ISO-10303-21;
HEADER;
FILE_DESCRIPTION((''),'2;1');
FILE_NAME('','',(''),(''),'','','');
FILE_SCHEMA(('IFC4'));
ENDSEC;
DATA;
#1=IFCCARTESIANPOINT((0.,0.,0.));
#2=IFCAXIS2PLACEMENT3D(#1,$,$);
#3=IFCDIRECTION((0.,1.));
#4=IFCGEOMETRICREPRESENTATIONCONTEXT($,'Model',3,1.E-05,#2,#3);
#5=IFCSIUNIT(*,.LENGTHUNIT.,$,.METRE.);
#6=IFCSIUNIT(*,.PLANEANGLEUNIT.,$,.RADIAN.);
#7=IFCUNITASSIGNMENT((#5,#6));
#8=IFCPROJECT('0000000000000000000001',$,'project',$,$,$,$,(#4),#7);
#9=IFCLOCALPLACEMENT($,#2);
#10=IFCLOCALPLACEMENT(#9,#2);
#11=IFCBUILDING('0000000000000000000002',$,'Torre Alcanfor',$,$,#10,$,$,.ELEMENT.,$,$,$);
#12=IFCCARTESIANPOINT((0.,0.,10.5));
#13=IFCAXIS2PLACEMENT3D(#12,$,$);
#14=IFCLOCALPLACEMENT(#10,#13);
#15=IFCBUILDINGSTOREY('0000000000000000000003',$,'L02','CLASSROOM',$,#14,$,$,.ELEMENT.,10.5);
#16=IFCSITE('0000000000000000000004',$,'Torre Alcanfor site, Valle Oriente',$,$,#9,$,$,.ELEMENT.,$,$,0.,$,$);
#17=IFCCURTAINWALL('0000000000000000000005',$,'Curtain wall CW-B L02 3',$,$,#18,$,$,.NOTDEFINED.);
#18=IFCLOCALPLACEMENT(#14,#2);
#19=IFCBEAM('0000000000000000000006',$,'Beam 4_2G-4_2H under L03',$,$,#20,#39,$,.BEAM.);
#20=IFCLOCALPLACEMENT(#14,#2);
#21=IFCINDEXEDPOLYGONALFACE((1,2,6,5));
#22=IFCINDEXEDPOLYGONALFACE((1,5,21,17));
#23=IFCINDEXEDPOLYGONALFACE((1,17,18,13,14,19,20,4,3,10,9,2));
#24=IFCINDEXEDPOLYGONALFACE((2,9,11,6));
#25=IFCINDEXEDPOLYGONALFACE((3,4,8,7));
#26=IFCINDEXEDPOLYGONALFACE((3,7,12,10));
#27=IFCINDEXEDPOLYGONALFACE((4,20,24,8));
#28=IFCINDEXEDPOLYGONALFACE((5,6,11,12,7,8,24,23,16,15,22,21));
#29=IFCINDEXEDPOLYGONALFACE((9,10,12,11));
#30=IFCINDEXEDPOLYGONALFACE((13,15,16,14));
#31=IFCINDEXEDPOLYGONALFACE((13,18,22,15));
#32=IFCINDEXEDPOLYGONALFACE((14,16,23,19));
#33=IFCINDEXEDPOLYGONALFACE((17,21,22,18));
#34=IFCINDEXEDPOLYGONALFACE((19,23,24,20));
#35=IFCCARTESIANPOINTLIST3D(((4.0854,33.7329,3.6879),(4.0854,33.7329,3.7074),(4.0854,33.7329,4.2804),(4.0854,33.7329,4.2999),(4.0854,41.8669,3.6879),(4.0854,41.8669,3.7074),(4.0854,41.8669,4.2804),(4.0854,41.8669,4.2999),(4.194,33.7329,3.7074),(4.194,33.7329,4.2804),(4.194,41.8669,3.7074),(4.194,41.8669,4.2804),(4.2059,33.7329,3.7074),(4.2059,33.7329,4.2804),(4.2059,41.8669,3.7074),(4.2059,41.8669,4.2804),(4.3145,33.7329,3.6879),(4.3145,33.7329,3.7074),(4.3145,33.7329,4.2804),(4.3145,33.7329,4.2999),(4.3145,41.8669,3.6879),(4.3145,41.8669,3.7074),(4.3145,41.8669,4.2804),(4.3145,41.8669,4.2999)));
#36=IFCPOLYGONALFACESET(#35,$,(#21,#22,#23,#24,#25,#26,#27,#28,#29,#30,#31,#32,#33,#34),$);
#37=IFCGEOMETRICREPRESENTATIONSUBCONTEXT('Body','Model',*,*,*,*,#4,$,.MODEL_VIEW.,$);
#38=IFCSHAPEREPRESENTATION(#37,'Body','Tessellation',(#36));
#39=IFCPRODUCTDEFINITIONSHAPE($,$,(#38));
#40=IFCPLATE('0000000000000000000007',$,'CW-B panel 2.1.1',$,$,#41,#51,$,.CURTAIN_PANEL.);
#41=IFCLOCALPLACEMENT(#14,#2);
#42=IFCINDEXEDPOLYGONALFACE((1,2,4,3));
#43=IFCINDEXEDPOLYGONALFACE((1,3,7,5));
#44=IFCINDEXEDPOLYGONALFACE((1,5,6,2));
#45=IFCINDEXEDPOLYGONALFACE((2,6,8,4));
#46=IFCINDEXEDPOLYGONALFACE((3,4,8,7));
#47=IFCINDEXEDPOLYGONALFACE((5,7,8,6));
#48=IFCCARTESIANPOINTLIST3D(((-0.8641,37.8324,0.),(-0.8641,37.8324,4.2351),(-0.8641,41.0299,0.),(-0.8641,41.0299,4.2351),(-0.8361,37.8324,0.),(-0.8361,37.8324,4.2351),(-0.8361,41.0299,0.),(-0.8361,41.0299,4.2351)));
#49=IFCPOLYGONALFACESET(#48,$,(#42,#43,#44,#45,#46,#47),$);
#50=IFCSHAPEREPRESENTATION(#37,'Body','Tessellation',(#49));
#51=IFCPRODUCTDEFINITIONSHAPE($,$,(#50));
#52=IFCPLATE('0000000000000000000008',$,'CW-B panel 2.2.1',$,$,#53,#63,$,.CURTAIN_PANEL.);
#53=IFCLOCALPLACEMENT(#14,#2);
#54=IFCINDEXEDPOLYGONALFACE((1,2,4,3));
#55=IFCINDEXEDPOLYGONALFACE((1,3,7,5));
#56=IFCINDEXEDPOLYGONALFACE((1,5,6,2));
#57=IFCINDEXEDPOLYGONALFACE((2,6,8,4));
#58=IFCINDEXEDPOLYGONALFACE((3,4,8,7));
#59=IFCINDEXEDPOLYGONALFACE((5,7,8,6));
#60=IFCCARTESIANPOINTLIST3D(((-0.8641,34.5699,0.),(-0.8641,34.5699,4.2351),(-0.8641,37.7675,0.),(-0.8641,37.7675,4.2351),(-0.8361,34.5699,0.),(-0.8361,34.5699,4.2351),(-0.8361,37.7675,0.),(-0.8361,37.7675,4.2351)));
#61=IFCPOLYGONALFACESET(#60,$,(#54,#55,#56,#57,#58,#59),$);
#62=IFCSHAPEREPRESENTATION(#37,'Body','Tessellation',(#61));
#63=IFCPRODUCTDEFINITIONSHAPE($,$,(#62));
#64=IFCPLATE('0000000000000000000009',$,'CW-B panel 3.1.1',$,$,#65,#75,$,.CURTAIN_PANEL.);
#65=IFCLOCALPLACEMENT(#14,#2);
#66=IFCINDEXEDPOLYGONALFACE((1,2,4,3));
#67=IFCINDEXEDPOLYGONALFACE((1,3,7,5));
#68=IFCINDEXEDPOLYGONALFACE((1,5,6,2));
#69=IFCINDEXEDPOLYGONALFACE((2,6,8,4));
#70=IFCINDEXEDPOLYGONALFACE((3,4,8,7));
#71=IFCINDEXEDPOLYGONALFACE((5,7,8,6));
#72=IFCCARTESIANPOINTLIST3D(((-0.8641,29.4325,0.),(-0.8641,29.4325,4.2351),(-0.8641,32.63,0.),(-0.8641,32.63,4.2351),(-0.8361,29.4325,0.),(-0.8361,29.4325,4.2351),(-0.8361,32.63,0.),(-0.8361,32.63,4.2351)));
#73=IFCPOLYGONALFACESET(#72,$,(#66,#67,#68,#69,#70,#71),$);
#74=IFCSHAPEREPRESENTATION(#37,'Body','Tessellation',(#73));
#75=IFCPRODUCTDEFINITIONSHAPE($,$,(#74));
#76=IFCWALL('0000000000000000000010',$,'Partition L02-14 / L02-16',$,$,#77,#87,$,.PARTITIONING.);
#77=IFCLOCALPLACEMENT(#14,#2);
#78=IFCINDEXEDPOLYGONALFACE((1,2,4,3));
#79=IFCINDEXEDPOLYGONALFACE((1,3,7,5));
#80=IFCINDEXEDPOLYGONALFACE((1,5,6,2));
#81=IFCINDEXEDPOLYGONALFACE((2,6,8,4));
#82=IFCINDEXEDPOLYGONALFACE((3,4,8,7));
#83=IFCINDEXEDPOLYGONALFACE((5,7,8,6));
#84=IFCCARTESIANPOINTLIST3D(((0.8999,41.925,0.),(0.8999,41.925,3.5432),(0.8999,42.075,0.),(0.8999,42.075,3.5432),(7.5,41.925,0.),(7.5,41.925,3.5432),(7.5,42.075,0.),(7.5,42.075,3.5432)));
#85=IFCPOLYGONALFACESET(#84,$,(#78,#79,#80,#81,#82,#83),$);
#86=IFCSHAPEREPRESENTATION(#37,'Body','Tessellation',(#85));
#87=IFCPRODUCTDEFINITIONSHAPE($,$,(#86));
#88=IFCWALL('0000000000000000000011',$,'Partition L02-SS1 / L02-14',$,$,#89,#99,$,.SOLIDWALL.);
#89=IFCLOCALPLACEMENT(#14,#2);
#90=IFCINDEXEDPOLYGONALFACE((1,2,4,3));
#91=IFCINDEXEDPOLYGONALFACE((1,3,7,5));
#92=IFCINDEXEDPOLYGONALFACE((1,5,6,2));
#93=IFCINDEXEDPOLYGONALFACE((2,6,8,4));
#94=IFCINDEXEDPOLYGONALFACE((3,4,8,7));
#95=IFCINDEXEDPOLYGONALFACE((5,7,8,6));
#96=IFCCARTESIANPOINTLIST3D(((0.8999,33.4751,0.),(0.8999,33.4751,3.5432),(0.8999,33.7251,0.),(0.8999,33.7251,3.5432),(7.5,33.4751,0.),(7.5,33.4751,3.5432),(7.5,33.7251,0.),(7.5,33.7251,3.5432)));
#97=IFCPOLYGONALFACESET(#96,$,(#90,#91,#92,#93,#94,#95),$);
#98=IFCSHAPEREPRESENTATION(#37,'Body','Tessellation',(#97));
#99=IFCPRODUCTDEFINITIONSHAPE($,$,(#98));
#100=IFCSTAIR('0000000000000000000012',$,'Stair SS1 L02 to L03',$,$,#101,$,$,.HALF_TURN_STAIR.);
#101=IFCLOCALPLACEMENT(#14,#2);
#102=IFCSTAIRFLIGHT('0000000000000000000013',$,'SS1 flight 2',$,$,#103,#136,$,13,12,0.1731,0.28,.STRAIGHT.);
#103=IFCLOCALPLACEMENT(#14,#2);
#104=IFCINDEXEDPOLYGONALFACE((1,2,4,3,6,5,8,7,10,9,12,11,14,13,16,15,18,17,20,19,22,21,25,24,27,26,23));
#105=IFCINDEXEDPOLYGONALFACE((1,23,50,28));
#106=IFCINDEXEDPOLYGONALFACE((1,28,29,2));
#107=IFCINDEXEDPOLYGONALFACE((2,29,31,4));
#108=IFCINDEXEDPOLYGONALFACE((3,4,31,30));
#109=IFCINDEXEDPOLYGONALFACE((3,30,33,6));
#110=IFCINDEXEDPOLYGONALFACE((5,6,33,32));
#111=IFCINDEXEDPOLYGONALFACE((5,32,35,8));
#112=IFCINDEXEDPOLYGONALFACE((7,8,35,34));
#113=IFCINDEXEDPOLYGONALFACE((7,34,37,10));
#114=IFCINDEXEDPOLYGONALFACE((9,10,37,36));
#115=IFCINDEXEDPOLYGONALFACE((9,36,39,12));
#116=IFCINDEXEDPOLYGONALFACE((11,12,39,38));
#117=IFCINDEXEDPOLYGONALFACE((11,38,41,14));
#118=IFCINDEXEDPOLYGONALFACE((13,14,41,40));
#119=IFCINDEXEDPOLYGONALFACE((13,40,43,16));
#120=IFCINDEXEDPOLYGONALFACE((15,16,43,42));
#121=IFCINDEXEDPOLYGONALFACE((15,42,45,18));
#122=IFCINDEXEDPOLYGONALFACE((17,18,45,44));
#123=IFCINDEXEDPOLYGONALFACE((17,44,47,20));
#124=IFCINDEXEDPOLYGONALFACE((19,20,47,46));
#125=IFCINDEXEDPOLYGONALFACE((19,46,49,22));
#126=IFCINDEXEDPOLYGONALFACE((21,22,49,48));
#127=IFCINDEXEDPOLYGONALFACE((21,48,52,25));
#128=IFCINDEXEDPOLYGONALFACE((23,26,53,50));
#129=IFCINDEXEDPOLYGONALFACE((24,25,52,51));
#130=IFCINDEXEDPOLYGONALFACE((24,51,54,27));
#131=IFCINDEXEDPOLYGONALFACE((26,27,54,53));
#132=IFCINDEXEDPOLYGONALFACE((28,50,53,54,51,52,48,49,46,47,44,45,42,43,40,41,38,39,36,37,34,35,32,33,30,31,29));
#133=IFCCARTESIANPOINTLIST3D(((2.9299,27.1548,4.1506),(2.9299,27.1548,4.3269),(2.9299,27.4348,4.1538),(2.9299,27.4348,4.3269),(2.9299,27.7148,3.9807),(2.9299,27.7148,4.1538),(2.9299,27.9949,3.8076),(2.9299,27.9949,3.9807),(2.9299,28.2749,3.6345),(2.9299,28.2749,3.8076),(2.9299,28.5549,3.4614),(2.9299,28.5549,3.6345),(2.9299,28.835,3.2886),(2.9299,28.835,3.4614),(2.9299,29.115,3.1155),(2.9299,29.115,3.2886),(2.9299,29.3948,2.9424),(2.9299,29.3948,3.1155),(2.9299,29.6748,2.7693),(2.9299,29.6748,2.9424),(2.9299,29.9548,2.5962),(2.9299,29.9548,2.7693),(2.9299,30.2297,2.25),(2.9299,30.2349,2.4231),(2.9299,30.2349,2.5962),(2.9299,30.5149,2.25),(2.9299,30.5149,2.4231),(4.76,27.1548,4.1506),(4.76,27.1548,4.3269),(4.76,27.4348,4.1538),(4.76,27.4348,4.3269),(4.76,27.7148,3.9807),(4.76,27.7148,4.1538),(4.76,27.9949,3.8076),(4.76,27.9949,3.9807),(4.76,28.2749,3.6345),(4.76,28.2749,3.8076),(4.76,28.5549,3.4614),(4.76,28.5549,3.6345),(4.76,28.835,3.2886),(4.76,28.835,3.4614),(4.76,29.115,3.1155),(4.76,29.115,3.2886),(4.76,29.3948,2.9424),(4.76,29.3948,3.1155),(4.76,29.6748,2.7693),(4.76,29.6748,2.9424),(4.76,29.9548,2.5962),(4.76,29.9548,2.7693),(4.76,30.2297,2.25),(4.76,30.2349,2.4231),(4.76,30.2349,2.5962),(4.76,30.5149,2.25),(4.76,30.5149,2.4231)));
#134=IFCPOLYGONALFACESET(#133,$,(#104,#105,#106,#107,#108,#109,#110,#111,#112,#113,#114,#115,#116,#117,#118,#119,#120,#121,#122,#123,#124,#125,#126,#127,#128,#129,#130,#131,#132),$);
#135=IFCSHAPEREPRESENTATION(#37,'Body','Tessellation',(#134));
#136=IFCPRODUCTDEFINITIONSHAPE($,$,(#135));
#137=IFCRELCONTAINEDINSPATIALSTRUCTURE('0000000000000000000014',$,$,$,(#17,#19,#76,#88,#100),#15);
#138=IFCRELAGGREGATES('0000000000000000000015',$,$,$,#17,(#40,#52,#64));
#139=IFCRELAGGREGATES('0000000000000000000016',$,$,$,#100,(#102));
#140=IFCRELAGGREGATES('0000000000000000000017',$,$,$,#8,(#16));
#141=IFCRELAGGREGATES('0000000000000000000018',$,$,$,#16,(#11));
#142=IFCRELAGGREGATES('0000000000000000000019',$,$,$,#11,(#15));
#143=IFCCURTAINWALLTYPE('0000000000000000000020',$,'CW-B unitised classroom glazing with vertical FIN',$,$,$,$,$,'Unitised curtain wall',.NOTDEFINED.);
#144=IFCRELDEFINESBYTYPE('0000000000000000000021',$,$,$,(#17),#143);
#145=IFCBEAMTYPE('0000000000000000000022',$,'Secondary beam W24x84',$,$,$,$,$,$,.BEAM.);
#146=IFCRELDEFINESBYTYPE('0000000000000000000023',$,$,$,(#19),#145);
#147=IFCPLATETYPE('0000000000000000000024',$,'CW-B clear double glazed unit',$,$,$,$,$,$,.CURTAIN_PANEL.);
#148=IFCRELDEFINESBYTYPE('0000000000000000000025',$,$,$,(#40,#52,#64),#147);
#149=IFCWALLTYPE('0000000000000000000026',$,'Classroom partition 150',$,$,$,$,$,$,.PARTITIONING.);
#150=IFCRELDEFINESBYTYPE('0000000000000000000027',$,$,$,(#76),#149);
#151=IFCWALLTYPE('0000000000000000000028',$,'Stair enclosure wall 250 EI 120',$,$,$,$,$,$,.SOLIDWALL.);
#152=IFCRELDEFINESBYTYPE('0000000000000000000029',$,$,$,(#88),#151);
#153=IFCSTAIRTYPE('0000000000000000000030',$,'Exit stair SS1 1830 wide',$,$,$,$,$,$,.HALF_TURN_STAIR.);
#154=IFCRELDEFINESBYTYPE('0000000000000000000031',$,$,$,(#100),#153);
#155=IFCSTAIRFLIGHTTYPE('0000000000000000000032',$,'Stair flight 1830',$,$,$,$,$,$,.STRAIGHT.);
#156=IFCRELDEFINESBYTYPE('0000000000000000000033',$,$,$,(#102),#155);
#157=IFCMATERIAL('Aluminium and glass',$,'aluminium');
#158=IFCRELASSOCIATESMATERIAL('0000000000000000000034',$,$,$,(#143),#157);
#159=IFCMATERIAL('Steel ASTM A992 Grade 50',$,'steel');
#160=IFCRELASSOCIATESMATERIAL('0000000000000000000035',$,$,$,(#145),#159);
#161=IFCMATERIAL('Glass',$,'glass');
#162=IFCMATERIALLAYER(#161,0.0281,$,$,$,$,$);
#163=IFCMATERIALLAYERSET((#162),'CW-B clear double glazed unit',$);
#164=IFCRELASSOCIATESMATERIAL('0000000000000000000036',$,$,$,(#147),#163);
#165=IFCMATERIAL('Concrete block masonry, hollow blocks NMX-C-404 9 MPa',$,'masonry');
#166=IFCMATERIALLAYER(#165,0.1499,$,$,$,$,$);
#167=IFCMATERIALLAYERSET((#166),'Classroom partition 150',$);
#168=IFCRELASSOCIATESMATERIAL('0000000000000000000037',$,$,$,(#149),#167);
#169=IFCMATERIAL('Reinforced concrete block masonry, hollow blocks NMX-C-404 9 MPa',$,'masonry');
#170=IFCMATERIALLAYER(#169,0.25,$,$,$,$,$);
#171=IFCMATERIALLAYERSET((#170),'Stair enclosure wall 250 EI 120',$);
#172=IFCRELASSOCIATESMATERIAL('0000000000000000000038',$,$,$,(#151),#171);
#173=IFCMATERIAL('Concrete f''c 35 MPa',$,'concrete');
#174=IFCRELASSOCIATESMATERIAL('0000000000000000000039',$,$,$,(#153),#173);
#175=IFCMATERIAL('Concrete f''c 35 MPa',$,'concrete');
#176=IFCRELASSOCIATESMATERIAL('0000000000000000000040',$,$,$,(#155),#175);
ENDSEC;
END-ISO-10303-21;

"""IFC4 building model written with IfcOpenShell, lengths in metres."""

from ifc_helpers import new_model, si_unit, direction, frame, frame_2d, origin, origin_2d, place, context, subcontext, project, spatial, polyline, rectangle, i_section, outline, extrude, material, layer, layer_set, material_profile, profile_set, type_object, element, aggregate, save


model = new_model("IFC4")

# Units and contexts
model_context = context("Model", 3, precision=1e-05, world=origin(), true_north=direction((0.0, 1.0)))
body_context = subcontext(model_context, "Body", "Model", "MODEL_VIEW")
ifc_project = project(units=[si_unit("LENGTHUNIT", "METRE"), si_unit("PLANEANGLEUNIT", "RADIAN")], contexts=[model_context])

# Site, building, storey
site_placement = place(None, origin())
site = spatial("IfcSite", under=ifc_project, at=site_placement, Name="Torre Alcanfor site, Valle Oriente", CompositionType="ELEMENT", RefElevation=0.0)
building_placement = place(site_placement, origin())
building = spatial("IfcBuilding", under=site, at=building_placement, Name="Torre Alcanfor", CompositionType="ELEMENT")
storey_placement = place(building_placement, frame((0.0, 0.0, 10.5)))
storey = spatial("IfcBuildingStorey", under=building, at=storey_placement, Name="L02", Description="CLASSROOM", CompositionType="ELEMENT", Elevation=10.5)

# Curtain wall
ifc_material_1 = material(Name="Aluminium and glass", Category="aluminium")
curtain_wall_type = type_object("IfcCurtainWallType", Name="CW-B unitised classroom glazing with vertical FIN", ElementType="Unitised curtain wall", PredefinedType="NOTDEFINED", material=ifc_material_1)
curtain_wall_placement = place(storey_placement, origin())
curtain_wall = element("IfcCurtainWall", 1, at=curtain_wall_placement, inside=storey, type_object=curtain_wall_type, Name="Curtain wall CW-B L02 3", PredefinedType="NOTDEFINED")

# Beam
ifc_material_2 = material(Name="Steel ASTM A992 Grade 50", Category="steel")
ifc_material_profile_1 = material_profile(ifc_material_2, i_section(OverallWidth=0.229, OverallDepth=0.6121, WebThickness=0.012, FlangeThickness=0.0195, at=origin_2d()), Name="W24x84")
ifc_profile_set_1 = profile_set([ifc_material_profile_1], Name="Steel ASTM A992 Grade 50")
beam_type_1 = type_object("IfcBeamType", Name="Secondary beam W24x84", PredefinedType="BEAM", material=ifc_profile_set_1)
beam_placement = place(storey_placement, frame((4.2, 33.7329, 3.9939), z_axis=(0.0, 1.0, 0.0), x_axis=(-1.0, 0.0, 0.0)))
element("IfcBeam", 2, at=beam_placement, inside=storey, type_object=beam_type_1, Name="Beam 4_2G-4_2H under L03", PredefinedType="BEAM", context=body_context, shape_type="SweptSolid", body=[
    extrude(i_section(OverallWidth=0.229, OverallDepth=0.6121, WebThickness=0.012, FlangeThickness=0.0195, at=origin_2d()), origin(), (0.0, 0.0, 1.0), 8.134),
])

# Plates
ifc_material_3 = material(Name="Glass", Category="glass")
ifc_layer_1 = layer(ifc_material_3, 0.0281)
ifc_layer_set_1 = layer_set([ifc_layer_1], Name="CW-B clear double glazed unit")
plate_type = type_object("IfcPlateType", Name="CW-B clear double glazed unit", PredefinedType="CURTAIN_PANEL", material=ifc_layer_set_1)
plate_1_placement = place(storey_placement, frame((-0.8501, 39.4312, 0.0), z_axis=(0.0, 0.0, 1.0), x_axis=(0.0, -1.0, 0.0)))
plate_1 = element("IfcPlate", 3, at=plate_1_placement, type_object=plate_type, Name="CW-B panel 2.1.1", PredefinedType="CURTAIN_PANEL", context=body_context, shape_type="SweptSolid", body=[
    extrude(rectangle(XDim=3.1975, YDim=0.0281, at=origin_2d()), origin(), (0.0, 0.0, 1.0), 4.2351),
])
plate_2_placement = place(storey_placement, frame((-0.8501, 36.1687, 0.0), z_axis=(0.0, 0.0, 1.0), x_axis=(0.0, -1.0, 0.0)))
plate_2 = element("IfcPlate", 4, at=plate_2_placement, type_object=plate_type, Name="CW-B panel 2.2.1", PredefinedType="CURTAIN_PANEL", context=body_context, shape_type="SweptSolid", body=[
    extrude(rectangle(XDim=3.1975, YDim=0.0281, at=origin_2d()), origin(), (0.0, 0.0, 1.0), 4.2351),
])
plate_3_placement = place(storey_placement, frame((-0.8501, 31.0312, 0.0), z_axis=(0.0, 0.0, 1.0), x_axis=(0.0, -1.0, 0.0)))
plate_3 = element("IfcPlate", 5, at=plate_3_placement, type_object=plate_type, Name="CW-B panel 3.1.1", PredefinedType="CURTAIN_PANEL", context=body_context, shape_type="SweptSolid", body=[
    extrude(rectangle(XDim=3.1975, YDim=0.0281, at=origin_2d()), origin(), (0.0, 0.0, 1.0), 4.2351),
])
aggregate(curtain_wall, [plate_1, plate_2, plate_3])

# Walls
ifc_material_4 = material(Name="Concrete block masonry, hollow blocks NMX-C-404 9 MPa", Category="masonry")
ifc_layer_2 = layer(ifc_material_4, 0.1499)
ifc_layer_set_2 = layer_set([ifc_layer_2], Name="Classroom partition 150")
wall_type_1 = type_object("IfcWallType", Name="Classroom partition 150", PredefinedType="PARTITIONING", material=ifc_layer_set_2)
wall_1_placement = place(storey_placement, frame((0.8999, 42.0, 0.0), z_axis=(0.0, 0.0, 1.0), x_axis=(1.0, 0.0, 0.0)))
element("IfcWall", 6, at=wall_1_placement, inside=storey, type_object=wall_type_1, Name="Partition L02-14 / L02-16", PredefinedType="PARTITIONING", context=body_context, shape_type="SweptSolid", body=[
    extrude(rectangle(XDim=6.6001, YDim=0.1499, at=frame_2d((3.3, 0.0))), origin(), (0.0, 0.0, 1.0), 3.5432),
])
ifc_material_5 = material(Name="Reinforced concrete block masonry, hollow blocks NMX-C-404 9 MPa", Category="masonry")
ifc_layer_3 = layer(ifc_material_5, 0.25)
ifc_layer_set_3 = layer_set([ifc_layer_3], Name="Stair enclosure wall 250 EI 120")
wall_type_2 = type_object("IfcWallType", Name="Stair enclosure wall 250 EI 120", PredefinedType="SOLIDWALL", material=ifc_layer_set_3)
wall_2_placement = place(storey_placement, frame((0.8999, 33.6001, 0.0), z_axis=(0.0, 0.0, 1.0), x_axis=(1.0, 0.0, 0.0)))
element("IfcWall", 7, at=wall_2_placement, inside=storey, type_object=wall_type_2, Name="Partition L02-SS1 / L02-14", PredefinedType="SOLIDWALL", context=body_context, shape_type="SweptSolid", body=[
    extrude(rectangle(XDim=6.6001, YDim=0.25, at=frame_2d((3.3, 0.0))), origin(), (0.0, 0.0, 1.0), 3.5432),
])

# Stair, stair flight
ifc_material_6 = material(Name="Concrete f'c 35 MPa", Category="concrete")
stair_type = type_object("IfcStairType", Name="Exit stair SS1 1830 wide", PredefinedType="HALF_TURN_STAIR", material=ifc_material_6)
stair_placement = place(storey_placement, origin())
stair = element("IfcStair", 8, at=stair_placement, inside=storey, type_object=stair_type, Name="Stair SS1 L02 to L03", PredefinedType="HALF_TURN_STAIR")
ifc_material_7 = material(Name="Concrete f'c 35 MPa", Category="concrete")
stair_flight_type = type_object("IfcStairFlightType", Name="Stair flight 1830", PredefinedType="STRAIGHT", material=ifc_material_7)
stair_flight_placement = place(storey_placement, frame((3.845, 30.5149, 2.25), z_axis=(0.0, 0.0, 1.0), x_axis=(0.0, -1.0, 0.0)))
stair_flight = element("IfcStairFlight", 9, at=stair_flight_placement, type_object=stair_flight_type, Name="SS1 flight 2", NumberOfRisers=13, NumberOfTreads=12, PredefinedType="STRAIGHT", RiserHeight=0.1731, TreadLength=0.28, context=body_context, shape_type="SweptSolid", body=[
    extrude(outline(polyline([(0.0, 0.0), (0.0, 0.1731), (0.28, 0.1731), (0.28, 0.3462), (0.5601, 0.3462), (0.5601, 0.5193), (0.8401, 0.5193), (0.8401, 0.6924), (1.1201, 0.6924), (1.1201, 0.8655), (1.3999, 0.8655), (1.3999, 1.0386), (1.6799, 1.0386), (1.6799, 1.2114), (1.96, 1.2114), (1.96, 1.3845), (2.24, 1.3845), (2.24, 1.5576), (2.52, 1.5576), (2.52, 1.7307), (2.8, 1.7307), (2.8, 1.9038), (3.0801, 1.9038), (3.0801, 2.0769), (3.3601, 2.0769), (3.3601, 2.25), (3.3601, 1.9006), (0.2852, 0.0), (0.0, 0.0)])), frame((0.0, 0.915, 0.0), z_axis=(0.0, -1.0, 0.0), x_axis=(1.0, 0.0, 0.0)), (0.0, 0.0, 1.0), 1.8301),
])
aggregate(stair, [stair_flight])

save(model, "model.ifc")
